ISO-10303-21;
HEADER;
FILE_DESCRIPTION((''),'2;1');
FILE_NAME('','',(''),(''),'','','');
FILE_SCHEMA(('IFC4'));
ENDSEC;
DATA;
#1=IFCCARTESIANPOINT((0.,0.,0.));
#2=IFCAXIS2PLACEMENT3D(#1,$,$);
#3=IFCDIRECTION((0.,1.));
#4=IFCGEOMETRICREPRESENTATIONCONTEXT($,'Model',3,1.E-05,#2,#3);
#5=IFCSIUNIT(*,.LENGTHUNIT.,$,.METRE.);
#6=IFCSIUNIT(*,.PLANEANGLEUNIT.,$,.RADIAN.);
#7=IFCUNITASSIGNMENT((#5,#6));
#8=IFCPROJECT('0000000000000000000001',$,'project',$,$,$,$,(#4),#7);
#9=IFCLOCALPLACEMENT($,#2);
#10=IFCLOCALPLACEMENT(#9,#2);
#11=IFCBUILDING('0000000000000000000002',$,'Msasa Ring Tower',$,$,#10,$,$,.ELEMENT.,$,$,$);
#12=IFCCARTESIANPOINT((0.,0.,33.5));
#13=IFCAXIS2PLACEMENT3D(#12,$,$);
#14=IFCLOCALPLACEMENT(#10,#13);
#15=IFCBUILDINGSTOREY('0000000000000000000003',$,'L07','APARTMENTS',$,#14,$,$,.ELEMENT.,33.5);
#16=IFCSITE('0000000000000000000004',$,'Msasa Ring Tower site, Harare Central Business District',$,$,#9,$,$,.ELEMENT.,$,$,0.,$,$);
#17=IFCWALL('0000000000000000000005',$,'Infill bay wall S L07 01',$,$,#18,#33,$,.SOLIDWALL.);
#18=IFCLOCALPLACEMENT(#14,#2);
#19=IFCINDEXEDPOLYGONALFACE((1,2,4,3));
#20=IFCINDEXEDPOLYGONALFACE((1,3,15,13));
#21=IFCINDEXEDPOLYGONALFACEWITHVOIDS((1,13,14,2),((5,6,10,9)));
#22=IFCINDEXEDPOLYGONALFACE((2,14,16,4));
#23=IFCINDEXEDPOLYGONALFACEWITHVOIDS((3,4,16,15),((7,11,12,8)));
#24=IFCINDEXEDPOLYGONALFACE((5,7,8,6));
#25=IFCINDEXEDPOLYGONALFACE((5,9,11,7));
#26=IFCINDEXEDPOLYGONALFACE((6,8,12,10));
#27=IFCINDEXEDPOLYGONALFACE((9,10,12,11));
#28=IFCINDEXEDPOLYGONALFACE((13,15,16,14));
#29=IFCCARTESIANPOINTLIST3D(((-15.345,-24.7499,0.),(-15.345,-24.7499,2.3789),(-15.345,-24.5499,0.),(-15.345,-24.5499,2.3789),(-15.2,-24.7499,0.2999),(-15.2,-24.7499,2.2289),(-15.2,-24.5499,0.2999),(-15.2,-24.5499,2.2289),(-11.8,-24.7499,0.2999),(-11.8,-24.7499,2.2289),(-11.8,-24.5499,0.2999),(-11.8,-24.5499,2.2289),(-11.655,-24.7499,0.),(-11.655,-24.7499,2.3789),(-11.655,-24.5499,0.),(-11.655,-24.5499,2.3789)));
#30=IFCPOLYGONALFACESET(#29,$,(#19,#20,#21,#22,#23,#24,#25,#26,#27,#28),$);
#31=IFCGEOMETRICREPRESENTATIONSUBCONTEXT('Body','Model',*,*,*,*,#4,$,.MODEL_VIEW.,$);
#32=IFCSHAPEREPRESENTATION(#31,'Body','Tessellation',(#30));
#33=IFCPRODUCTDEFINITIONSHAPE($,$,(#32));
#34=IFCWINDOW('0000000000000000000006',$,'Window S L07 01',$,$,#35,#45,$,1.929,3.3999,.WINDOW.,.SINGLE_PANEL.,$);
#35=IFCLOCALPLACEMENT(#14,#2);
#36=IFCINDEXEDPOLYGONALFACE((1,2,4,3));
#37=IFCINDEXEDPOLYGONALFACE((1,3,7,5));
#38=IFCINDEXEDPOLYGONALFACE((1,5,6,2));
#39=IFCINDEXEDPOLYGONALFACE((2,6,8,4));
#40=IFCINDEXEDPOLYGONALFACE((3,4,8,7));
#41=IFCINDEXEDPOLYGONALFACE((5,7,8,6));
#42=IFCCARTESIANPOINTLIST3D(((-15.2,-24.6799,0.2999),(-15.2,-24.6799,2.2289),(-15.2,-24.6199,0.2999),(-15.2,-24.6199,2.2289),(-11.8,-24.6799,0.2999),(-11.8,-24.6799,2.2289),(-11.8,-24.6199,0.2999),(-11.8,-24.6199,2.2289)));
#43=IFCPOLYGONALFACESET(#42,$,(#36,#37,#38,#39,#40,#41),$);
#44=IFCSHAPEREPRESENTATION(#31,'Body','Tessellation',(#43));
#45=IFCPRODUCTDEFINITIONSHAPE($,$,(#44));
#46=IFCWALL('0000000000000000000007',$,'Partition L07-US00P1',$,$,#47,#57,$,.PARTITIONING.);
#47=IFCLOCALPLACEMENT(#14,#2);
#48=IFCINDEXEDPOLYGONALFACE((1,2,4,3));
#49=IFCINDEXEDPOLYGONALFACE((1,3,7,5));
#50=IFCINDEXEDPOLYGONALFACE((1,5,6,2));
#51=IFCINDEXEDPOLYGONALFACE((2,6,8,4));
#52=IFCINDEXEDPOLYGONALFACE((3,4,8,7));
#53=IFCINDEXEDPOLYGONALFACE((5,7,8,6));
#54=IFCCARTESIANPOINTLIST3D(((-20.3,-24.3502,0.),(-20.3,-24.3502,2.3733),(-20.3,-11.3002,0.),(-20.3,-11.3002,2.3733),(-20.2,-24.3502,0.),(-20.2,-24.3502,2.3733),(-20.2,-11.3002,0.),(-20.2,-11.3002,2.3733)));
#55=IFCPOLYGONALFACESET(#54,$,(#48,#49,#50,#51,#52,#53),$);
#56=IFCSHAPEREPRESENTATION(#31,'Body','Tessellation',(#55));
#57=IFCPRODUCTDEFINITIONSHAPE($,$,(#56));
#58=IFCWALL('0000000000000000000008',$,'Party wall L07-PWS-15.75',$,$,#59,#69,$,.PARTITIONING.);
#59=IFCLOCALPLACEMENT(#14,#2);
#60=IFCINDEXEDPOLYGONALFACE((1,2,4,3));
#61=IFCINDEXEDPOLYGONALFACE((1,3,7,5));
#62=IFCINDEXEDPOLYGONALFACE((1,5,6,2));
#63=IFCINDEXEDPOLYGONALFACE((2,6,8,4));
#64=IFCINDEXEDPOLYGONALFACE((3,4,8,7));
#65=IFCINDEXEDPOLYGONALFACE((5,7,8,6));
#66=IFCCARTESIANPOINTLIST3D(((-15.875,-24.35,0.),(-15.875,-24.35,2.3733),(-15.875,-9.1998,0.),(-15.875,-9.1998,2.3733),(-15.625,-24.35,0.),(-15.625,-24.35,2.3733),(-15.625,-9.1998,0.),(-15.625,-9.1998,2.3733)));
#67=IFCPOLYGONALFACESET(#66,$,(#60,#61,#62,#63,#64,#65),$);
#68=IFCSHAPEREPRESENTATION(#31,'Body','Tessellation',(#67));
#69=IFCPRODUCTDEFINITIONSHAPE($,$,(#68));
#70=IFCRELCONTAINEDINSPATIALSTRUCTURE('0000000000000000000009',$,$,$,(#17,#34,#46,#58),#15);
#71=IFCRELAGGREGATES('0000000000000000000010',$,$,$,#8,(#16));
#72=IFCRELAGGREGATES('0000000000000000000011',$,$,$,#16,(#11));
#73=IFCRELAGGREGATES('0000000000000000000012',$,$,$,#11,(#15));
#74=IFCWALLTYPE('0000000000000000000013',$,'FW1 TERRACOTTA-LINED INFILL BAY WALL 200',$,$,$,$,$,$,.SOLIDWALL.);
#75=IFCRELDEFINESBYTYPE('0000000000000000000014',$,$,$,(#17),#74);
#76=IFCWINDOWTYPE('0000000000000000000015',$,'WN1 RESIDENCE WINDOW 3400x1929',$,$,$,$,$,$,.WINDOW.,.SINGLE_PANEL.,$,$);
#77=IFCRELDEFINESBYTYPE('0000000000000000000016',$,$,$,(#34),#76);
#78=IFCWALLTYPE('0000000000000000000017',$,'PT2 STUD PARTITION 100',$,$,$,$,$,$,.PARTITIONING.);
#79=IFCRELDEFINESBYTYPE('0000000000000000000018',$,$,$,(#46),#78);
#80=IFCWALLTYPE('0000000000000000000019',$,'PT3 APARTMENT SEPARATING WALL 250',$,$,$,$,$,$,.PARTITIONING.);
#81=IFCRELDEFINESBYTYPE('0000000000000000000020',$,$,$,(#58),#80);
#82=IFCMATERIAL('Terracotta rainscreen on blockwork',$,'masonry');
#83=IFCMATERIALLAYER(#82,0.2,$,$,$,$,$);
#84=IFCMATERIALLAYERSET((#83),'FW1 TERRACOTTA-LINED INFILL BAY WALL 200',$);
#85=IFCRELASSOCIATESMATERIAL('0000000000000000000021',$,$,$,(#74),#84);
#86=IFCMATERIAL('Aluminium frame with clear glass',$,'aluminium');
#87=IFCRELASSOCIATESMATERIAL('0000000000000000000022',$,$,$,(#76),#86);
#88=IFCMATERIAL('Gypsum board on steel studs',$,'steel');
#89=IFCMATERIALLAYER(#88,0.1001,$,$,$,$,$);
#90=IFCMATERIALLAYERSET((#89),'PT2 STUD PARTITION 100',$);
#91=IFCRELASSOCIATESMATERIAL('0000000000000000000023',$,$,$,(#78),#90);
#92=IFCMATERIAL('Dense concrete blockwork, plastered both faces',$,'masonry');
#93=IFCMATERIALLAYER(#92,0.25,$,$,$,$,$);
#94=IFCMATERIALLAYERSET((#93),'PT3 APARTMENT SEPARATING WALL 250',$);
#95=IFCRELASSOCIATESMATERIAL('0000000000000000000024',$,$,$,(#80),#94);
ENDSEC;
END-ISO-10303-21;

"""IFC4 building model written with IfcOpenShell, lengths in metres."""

from ifc_helpers import new_model, si_unit, direction, frame, frame_2d, origin, place, context, subcontext, project, spatial, rectangle, extrude, material, layer, layer_set, type_object, element, fill, save


model = new_model("IFC4")

# Units and contexts
model_context = context("Model", 3, precision=1e-05, world=origin(), true_north=direction((0.0, 1.0)))
body_context = subcontext(model_context, "Body", "Model", "MODEL_VIEW")
ifc_project = project(units=[si_unit("LENGTHUNIT", "METRE"), si_unit("PLANEANGLEUNIT", "RADIAN")], contexts=[model_context])

# Site, building, storey
site_placement = place(None, origin())
site = spatial("IfcSite", under=ifc_project, at=site_placement, Name="Msasa Ring Tower site, Harare Central Business District", CompositionType="ELEMENT", RefElevation=0.0)
building_placement = place(site_placement, origin())
building = spatial("IfcBuilding", under=site, at=building_placement, Name="Msasa Ring Tower", CompositionType="ELEMENT")
storey_placement = place(building_placement, frame((0.0, 0.0, 33.5)))
storey = spatial("IfcBuildingStorey", under=building, at=storey_placement, Name="L07", Description="APARTMENTS", CompositionType="ELEMENT", Elevation=33.5)

# Wall, opening, window
ifc_material_1 = material(Name="Terracotta rainscreen on blockwork", Category="masonry")
ifc_layer_1 = layer(ifc_material_1, 0.2)
ifc_layer_set_1 = layer_set([ifc_layer_1], Name="FW1 TERRACOTTA-LINED INFILL BAY WALL 200")
wall_type_1 = type_object("IfcWallType", Name="FW1 TERRACOTTA-LINED INFILL BAY WALL 200", PredefinedType="SOLIDWALL", material=ifc_layer_set_1)
ifc_material_2 = material(Name="Aluminium frame with clear glass", Category="aluminium")
window_type = type_object("IfcWindowType", Name="WN1 RESIDENCE WINDOW 3400x1929", PartitioningType="SINGLE_PANEL", PredefinedType="WINDOW", material=ifc_material_2)
wall_1_placement = place(storey_placement, frame((-15.345, -24.6499, 0.0), z_axis=(0.0, 0.0, 1.0), x_axis=(1.0, 0.0, 0.0)))
wall_1 = element("IfcWall", 1, at=wall_1_placement, inside=storey, type_object=wall_type_1, Name="Infill bay wall S L07 01", PredefinedType="SOLIDWALL", context=body_context, shape_type="SweptSolid", body=[
    extrude(rectangle(XDim=3.6899, YDim=0.2, at=frame_2d((1.845, 0.0))), origin(), (0.0, 0.0, 1.0), 2.3789),
])
opening_1_placement = place(wall_1_placement, frame((0.145, 0.0, 0.3)))
opening_1 = element("IfcOpeningElement", 2, at=opening_1_placement, cuts=wall_1, PredefinedType="OPENING", context=body_context, shape_type="SweptSolid", body=[
    extrude(rectangle(XDim=3.3999, YDim=1.929, at=frame_2d((1.7, 0.9644))), frame((0.0, 0.1099, 0.0), z_axis=(0.0, -1.0, 0.0), x_axis=(1.0, 0.0, 0.0)), (0.0, 0.0, 1.0), 0.22),
])
window_1_placement = place(opening_1_placement, origin())
window_1 = element("IfcWindow", 3, at=window_1_placement, inside=storey, type_object=window_type, Name="Window S L07 01", OverallHeight=1.929, OverallWidth=3.3999, PartitioningType="SINGLE_PANEL", PredefinedType="WINDOW", context=body_context, shape_type="SweptSolid", body=[
    extrude(rectangle(XDim=3.3999, YDim=1.929, at=frame_2d((1.7, 0.9644))), frame((0.0, 0.03, 0.0), z_axis=(0.0, -1.0, 0.0), x_axis=(1.0, 0.0, 0.0)), (0.0, 0.0, 1.0), 0.0601),
])
fill(opening_1, window_1)

# Walls
ifc_material_3 = material(Name="Gypsum board on steel studs", Category="steel")
ifc_layer_2 = layer(ifc_material_3, 0.1001)
ifc_layer_set_2 = layer_set([ifc_layer_2], Name="PT2 STUD PARTITION 100")
wall_type_2 = type_object("IfcWallType", Name="PT2 STUD PARTITION 100", PredefinedType="PARTITIONING", material=ifc_layer_set_2)
wall_2_placement = place(storey_placement, frame((-20.25, -24.3501, 0.0), z_axis=(0.0, 0.0, 1.0), x_axis=(0.0, 1.0, 0.0)))
element("IfcWall", 4, at=wall_2_placement, inside=storey, type_object=wall_type_2, Name="Partition L07-US00P1", PredefinedType="PARTITIONING", context=body_context, shape_type="SweptSolid", body=[
    extrude(rectangle(XDim=13.05, YDim=0.1001, at=frame_2d((6.5249, 0.0))), origin(), (0.0, 0.0, 1.0), 2.3733),
])
ifc_material_4 = material(Name="Dense concrete blockwork, plastered both faces", Category="masonry")
ifc_layer_3 = layer(ifc_material_4, 0.25)
ifc_layer_set_3 = layer_set([ifc_layer_3], Name="PT3 APARTMENT SEPARATING WALL 250")
wall_type_3 = type_object("IfcWallType", Name="PT3 APARTMENT SEPARATING WALL 250", PredefinedType="PARTITIONING", material=ifc_layer_set_3)
wall_3_placement = place(storey_placement, frame((-15.75, -24.3501, 0.0), z_axis=(0.0, 0.0, 1.0), x_axis=(0.0, 1.0, 0.0)))
element("IfcWall", 5, at=wall_3_placement, inside=storey, type_object=wall_type_3, Name="Party wall L07-PWS-15.75", PredefinedType="PARTITIONING", context=body_context, shape_type="SweptSolid", body=[
    extrude(rectangle(XDim=15.1501, YDim=0.25, at=frame_2d((7.5752, 0.0))), origin(), (0.0, 0.0, 1.0), 2.3733),
])

save(model, "model.ifc")
